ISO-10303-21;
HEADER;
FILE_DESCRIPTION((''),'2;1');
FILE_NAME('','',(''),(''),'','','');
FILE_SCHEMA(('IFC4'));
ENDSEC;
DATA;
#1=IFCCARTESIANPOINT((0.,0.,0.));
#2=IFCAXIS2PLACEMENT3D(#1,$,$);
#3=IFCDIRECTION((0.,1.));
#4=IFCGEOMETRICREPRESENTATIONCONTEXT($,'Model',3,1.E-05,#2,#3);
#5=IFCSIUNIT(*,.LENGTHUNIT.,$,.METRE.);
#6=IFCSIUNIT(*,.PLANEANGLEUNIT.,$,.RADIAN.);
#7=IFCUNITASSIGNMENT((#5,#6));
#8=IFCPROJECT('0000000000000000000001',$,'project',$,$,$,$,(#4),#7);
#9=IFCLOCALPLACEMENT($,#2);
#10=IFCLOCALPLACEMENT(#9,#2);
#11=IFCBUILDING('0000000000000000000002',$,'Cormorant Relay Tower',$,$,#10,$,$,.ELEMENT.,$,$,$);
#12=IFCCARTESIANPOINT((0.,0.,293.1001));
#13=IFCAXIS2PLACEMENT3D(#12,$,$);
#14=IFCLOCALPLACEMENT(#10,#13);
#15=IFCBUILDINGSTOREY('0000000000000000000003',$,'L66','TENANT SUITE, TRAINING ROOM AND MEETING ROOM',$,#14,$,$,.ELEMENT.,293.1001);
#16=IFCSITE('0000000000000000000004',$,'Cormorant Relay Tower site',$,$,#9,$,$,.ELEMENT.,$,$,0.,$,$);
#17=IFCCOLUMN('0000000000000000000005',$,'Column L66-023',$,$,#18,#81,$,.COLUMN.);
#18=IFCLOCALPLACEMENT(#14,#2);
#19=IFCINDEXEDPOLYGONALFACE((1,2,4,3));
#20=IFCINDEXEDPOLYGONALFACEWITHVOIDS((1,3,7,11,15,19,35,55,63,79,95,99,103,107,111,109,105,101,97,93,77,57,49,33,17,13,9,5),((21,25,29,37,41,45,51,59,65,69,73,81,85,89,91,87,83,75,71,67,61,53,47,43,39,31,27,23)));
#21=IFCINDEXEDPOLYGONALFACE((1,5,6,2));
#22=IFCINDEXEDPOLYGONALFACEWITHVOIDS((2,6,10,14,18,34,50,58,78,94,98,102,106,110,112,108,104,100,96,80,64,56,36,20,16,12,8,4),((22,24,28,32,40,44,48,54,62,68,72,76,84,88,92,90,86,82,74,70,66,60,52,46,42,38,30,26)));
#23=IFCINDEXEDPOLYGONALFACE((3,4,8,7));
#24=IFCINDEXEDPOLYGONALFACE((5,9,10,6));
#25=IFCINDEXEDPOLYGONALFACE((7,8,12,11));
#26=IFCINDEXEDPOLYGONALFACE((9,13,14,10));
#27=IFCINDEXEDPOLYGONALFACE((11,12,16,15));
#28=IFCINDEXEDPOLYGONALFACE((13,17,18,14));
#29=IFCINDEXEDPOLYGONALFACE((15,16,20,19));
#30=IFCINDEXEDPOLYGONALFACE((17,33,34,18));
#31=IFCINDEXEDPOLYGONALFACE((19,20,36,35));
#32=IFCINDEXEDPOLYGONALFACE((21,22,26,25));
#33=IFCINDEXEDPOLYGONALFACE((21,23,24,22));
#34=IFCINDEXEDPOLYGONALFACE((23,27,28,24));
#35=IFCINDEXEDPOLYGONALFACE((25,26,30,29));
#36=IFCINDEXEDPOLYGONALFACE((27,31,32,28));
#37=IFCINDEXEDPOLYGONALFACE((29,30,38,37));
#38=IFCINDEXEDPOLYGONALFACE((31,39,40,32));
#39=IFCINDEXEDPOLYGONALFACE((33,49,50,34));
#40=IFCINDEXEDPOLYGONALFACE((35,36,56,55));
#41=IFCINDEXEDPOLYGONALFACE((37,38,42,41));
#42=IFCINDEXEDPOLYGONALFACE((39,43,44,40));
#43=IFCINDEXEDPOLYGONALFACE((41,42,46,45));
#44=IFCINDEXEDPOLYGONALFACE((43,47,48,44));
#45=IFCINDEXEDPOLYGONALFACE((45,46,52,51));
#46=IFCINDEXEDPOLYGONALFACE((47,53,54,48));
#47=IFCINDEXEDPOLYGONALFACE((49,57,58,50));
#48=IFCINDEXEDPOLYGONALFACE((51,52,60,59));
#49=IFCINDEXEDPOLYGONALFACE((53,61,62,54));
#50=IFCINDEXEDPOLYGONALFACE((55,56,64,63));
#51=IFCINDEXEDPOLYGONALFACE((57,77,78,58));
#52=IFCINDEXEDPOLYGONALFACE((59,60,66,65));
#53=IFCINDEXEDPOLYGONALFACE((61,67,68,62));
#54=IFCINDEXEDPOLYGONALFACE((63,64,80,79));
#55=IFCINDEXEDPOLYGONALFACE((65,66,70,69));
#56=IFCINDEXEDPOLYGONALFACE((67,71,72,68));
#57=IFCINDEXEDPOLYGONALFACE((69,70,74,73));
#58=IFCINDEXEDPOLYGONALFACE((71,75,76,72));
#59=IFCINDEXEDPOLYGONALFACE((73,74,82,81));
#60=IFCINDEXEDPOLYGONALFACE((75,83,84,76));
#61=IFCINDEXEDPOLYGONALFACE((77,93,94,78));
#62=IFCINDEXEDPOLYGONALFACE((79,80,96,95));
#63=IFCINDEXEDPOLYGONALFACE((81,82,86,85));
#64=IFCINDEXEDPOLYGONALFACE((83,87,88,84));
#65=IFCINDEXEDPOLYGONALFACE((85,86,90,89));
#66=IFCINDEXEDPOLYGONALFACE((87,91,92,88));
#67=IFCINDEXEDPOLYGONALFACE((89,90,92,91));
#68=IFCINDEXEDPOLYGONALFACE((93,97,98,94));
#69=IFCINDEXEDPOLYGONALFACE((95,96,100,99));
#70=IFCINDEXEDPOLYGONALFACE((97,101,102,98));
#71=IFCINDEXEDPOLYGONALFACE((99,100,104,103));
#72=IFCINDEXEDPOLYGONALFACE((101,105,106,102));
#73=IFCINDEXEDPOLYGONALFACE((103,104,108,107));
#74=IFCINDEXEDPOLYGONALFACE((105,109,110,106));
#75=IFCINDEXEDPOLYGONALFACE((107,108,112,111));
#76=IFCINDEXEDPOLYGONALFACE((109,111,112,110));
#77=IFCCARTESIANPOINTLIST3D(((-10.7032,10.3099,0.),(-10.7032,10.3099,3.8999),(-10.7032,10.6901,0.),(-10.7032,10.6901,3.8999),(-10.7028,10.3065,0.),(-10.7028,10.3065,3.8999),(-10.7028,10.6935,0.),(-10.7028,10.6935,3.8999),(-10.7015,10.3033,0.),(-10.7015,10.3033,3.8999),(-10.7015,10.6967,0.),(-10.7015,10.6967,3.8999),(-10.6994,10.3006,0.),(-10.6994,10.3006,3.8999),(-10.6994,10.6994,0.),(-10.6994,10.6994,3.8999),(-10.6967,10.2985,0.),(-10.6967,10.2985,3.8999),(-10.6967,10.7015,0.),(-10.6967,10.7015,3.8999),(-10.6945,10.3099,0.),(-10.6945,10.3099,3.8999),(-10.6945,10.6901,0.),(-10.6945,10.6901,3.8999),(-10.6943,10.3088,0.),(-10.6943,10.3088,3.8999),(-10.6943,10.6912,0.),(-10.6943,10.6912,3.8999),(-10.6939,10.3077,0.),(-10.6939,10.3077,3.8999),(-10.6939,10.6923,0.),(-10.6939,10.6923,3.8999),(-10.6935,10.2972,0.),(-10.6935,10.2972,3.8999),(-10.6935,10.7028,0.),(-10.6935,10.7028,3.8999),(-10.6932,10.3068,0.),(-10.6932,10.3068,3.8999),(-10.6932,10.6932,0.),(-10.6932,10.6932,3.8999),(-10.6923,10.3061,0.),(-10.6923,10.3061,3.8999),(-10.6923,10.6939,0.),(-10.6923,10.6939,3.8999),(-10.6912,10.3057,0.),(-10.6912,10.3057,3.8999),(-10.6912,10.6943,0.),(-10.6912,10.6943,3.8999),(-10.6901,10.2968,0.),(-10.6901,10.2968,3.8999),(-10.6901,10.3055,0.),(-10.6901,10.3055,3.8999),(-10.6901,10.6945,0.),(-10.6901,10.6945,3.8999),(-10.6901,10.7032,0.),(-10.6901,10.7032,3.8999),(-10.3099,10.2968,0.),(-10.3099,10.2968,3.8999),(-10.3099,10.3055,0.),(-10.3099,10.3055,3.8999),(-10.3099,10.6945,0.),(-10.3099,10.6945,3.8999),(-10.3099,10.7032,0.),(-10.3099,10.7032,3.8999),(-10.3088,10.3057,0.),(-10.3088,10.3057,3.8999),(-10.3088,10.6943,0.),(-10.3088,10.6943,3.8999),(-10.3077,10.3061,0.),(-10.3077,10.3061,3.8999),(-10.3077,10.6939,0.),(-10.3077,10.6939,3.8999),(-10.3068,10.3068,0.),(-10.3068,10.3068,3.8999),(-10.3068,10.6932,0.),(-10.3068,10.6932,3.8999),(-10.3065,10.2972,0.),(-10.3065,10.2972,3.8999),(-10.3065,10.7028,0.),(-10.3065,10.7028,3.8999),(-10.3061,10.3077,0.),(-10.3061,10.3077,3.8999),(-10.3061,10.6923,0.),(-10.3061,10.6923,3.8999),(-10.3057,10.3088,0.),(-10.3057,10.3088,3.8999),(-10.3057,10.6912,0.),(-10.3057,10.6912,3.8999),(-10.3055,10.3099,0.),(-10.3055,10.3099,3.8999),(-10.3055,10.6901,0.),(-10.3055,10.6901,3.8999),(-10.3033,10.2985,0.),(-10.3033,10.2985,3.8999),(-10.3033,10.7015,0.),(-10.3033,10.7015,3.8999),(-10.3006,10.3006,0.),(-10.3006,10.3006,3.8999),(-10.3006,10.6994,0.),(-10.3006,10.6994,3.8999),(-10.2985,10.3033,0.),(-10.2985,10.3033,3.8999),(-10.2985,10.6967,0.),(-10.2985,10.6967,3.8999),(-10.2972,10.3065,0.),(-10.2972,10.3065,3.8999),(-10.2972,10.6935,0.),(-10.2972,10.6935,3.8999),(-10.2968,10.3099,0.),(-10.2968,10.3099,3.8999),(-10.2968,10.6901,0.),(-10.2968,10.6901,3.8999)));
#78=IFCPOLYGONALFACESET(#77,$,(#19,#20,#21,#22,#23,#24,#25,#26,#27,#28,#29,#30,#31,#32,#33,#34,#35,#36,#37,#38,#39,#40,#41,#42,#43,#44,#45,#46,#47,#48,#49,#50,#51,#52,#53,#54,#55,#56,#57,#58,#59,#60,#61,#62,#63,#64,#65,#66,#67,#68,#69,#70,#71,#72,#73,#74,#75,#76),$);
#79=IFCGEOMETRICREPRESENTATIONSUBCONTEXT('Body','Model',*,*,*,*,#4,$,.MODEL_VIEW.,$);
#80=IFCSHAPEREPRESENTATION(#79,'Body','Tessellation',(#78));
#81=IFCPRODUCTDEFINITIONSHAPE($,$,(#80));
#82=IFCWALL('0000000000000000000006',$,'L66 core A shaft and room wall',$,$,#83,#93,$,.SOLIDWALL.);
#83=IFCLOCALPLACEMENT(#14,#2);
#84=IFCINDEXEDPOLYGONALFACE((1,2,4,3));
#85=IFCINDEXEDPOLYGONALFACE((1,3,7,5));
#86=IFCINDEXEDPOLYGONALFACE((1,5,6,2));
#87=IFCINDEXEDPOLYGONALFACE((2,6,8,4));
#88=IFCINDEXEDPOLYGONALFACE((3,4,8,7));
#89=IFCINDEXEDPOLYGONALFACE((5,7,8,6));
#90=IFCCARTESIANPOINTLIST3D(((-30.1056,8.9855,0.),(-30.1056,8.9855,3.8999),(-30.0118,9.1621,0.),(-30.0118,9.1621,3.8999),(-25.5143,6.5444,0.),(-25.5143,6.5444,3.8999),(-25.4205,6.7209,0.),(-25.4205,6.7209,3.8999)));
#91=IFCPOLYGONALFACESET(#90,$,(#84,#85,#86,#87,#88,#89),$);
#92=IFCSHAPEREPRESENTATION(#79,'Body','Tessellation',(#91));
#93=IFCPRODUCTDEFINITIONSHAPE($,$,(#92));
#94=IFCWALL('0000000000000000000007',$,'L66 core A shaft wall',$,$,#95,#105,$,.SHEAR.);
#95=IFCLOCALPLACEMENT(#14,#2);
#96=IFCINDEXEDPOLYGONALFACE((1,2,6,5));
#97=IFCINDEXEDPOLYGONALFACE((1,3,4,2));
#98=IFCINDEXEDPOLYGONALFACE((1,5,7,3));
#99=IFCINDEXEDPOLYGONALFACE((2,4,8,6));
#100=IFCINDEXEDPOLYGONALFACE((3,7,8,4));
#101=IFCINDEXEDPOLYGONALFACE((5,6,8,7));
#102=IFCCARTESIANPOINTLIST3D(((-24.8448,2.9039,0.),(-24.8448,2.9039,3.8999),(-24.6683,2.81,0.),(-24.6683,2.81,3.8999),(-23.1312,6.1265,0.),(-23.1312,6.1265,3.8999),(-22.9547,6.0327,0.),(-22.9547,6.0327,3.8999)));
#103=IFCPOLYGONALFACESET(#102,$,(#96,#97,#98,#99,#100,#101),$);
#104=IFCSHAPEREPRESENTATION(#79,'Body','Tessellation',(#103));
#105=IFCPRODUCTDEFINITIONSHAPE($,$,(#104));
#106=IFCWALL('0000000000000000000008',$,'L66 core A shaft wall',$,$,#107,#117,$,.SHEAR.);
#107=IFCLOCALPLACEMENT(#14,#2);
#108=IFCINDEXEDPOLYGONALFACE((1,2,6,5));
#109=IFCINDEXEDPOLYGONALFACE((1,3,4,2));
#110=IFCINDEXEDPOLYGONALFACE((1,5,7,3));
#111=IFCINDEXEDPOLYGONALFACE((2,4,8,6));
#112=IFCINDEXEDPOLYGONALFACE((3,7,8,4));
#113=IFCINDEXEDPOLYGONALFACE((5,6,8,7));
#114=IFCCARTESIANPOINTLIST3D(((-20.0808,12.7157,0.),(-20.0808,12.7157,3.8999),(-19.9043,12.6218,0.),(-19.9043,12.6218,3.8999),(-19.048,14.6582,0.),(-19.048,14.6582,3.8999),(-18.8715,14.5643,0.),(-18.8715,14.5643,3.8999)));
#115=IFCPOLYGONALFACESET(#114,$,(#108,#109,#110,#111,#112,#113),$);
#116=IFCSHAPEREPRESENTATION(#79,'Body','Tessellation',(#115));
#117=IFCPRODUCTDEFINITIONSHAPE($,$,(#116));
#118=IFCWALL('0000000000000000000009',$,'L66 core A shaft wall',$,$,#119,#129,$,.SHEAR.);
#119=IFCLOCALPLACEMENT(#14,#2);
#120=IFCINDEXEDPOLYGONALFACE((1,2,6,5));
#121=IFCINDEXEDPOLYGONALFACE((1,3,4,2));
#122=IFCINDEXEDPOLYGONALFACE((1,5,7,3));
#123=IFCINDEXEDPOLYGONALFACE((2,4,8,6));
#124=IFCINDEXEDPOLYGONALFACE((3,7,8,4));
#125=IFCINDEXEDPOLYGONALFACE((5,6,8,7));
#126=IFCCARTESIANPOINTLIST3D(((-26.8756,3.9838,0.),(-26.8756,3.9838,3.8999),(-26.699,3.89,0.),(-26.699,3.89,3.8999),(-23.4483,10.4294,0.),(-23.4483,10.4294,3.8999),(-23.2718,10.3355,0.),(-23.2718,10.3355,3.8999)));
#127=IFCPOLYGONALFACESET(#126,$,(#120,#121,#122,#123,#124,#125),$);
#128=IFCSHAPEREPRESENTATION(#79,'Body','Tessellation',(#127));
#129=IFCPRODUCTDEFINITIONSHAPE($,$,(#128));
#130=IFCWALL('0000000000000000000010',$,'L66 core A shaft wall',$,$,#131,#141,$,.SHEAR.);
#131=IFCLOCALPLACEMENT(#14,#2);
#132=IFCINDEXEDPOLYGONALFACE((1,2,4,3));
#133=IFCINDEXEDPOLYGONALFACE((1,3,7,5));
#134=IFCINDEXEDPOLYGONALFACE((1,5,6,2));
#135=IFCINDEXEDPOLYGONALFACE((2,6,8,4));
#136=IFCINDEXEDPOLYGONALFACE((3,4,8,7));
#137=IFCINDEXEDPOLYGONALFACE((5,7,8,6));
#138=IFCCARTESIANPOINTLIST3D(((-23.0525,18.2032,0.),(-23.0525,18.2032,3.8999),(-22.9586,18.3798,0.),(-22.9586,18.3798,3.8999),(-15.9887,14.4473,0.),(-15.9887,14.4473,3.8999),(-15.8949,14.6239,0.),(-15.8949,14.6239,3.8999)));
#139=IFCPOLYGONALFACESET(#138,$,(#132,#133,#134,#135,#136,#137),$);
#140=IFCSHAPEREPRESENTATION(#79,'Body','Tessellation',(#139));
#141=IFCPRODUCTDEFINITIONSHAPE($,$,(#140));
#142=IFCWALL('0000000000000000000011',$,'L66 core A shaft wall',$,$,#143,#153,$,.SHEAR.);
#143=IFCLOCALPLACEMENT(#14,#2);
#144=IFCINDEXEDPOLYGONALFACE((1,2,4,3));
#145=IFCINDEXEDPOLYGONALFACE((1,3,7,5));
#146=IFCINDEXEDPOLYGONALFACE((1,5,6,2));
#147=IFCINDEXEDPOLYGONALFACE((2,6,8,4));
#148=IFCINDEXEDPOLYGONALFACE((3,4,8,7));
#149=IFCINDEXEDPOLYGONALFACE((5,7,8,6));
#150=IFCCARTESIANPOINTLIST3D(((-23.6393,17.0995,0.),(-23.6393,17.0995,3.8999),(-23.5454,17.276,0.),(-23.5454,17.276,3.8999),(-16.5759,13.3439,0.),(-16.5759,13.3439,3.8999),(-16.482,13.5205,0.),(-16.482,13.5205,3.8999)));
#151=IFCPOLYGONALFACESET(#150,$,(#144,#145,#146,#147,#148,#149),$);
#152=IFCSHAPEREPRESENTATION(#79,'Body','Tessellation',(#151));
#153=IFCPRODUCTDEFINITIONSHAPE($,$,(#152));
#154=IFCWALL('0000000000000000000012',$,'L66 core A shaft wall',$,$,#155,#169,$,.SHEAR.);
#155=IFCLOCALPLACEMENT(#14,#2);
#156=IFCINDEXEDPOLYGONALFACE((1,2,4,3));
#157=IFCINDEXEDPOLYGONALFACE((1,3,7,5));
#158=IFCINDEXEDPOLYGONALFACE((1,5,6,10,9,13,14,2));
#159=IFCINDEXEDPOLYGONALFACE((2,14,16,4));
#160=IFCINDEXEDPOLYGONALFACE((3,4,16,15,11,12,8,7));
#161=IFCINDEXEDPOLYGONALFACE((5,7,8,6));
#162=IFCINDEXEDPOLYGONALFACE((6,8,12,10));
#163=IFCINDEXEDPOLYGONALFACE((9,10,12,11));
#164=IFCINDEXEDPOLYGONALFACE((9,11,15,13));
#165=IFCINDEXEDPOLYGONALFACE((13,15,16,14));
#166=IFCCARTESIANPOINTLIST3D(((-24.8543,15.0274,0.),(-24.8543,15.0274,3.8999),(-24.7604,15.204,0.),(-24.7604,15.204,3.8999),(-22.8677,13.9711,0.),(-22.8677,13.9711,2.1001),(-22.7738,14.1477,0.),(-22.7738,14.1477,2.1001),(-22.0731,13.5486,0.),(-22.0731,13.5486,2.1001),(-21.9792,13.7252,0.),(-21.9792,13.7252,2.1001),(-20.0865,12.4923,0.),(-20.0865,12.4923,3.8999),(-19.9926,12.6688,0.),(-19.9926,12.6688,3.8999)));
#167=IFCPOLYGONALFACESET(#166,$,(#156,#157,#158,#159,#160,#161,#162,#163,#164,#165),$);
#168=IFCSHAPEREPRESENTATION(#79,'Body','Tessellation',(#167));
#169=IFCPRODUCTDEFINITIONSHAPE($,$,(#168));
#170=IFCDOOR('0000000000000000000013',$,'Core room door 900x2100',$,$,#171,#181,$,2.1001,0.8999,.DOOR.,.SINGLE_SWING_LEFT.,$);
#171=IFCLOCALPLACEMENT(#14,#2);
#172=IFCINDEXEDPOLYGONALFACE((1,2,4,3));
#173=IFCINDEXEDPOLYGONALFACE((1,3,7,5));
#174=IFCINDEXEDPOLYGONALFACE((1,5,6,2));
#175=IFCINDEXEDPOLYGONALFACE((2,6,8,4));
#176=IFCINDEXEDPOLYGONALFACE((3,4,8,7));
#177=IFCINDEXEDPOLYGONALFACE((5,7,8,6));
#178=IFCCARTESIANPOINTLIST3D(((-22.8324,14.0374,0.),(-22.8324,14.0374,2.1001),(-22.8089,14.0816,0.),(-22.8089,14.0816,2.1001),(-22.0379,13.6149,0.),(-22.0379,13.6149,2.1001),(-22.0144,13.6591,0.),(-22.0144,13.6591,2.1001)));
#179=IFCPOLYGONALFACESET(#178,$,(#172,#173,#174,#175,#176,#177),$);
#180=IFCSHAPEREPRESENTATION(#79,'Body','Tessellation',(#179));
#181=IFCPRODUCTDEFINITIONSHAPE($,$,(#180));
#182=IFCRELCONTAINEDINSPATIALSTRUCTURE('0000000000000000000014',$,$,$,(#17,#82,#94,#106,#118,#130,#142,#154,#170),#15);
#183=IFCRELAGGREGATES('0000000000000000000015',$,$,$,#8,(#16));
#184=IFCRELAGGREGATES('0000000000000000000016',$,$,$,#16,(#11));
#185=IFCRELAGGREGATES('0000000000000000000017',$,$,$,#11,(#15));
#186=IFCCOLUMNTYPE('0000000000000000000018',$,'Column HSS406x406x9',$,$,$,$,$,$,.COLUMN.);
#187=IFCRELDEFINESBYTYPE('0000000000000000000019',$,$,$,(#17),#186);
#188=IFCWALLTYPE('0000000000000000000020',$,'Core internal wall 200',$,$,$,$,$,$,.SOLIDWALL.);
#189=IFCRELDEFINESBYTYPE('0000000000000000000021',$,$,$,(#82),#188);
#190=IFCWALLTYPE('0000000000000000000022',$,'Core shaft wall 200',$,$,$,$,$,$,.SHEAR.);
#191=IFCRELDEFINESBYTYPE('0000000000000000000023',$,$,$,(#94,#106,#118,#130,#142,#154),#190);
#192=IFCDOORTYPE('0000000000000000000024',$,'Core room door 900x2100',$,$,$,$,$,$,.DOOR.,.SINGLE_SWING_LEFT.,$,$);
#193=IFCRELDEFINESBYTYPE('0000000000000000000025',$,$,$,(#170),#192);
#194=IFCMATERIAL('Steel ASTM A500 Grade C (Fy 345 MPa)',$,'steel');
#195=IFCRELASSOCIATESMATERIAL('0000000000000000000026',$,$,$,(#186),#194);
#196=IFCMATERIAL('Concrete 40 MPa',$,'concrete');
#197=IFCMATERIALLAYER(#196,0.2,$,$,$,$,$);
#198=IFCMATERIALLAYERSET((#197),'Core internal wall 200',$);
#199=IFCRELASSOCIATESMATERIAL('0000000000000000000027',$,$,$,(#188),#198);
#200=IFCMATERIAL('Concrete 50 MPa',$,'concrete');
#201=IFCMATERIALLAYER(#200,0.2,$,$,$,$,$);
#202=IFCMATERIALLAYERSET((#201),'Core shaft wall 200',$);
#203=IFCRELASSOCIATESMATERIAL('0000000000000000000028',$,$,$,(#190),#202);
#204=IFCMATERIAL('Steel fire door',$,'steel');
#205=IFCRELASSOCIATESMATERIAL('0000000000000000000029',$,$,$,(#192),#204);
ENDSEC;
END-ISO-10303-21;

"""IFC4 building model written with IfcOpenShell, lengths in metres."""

from ifc_helpers import new_model, si_unit, direction, frame, frame_2d, origin, origin_2d, place, context, subcontext, project, spatial, rectangle, hollow_rectangle, extrude, material, layer, layer_set, material_profile, profile_set, type_object, element, fill, save


model = new_model("IFC4")

# Units and contexts
model_context = context("Model", 3, precision=1e-05, world=origin(), true_north=direction((0.0, 1.0)))
body_context = subcontext(model_context, "Body", "Model", "MODEL_VIEW")
ifc_project = project(units=[si_unit("LENGTHUNIT", "METRE"), si_unit("PLANEANGLEUNIT", "RADIAN")], contexts=[model_context])

# Site, building, storey
site_placement = place(None, origin())
site = spatial("IfcSite", under=ifc_project, at=site_placement, Name="Cormorant Relay Tower site", CompositionType="ELEMENT", RefElevation=0.0)
building_placement = place(site_placement, origin())
building = spatial("IfcBuilding", under=site, at=building_placement, Name="Cormorant Relay Tower", CompositionType="ELEMENT")
storey_placement = place(building_placement, frame((0.0, 0.0, 293.1001)))
storey = spatial("IfcBuildingStorey", under=building, at=storey_placement, Name="L66", Description="TENANT SUITE, TRAINING ROOM AND MEETING ROOM", CompositionType="ELEMENT", Elevation=293.1001)

# Column
ifc_material_1 = material(Name="Steel ASTM A500 Grade C (Fy 345 MPa)", Category="steel")
ifc_material_profile = material_profile(ifc_material_1, hollow_rectangle(XDim=0.4065, YDim=0.4065, WallThickness=0.0088, InnerFilletRadius=0.0044, OuterFilletRadius=0.0132, at=origin_2d()), Name="HSS406x406x9")
ifc_profile_set = profile_set([ifc_material_profile], Name="Steel ASTM A500 Grade C (Fy 345 MPa)")
column_type = type_object("IfcColumnType", Name="Column HSS406x406x9", PredefinedType="COLUMN", material=ifc_profile_set)
column_placement = place(storey_placement, frame((-10.5, 10.5, 0.0), z_axis=(0.0, 0.0, 1.0), x_axis=(1.0, 0.0, 0.0)))
element("IfcColumn", 1, at=column_placement, inside=storey, type_object=column_type, Name="Column L66-023", PredefinedType="COLUMN", context=body_context, shape_type="SweptSolid", body=[
    extrude(hollow_rectangle(XDim=0.4065, YDim=0.4065, WallThickness=0.0088, InnerFilletRadius=0.0044, OuterFilletRadius=0.0132, at=origin_2d()), origin(), (0.0, 0.0, 1.0), 3.8999),
])

# Walls
ifc_material_2 = material(Name="Concrete 40 MPa", Category="concrete")
ifc_layer_1 = layer(ifc_material_2, 0.2)
ifc_layer_set_1 = layer_set([ifc_layer_1], Name="Core internal wall 200")
wall_type_1 = type_object("IfcWallType", Name="Core internal wall 200", PredefinedType="SOLIDWALL", material=ifc_layer_set_1)
wall_1_placement = place(storey_placement, frame((-25.4673, 6.6326, 0.0), z_axis=(0.0, 0.0, 1.0), x_axis=(-0.882954, 0.46946, 0.0)))
element("IfcWall", 2, at=wall_1_placement, inside=storey, type_object=wall_type_1, Name="L66 core A shaft and room wall", PredefinedType="SOLIDWALL", context=body_context, shape_type="SweptSolid", body=[
    extrude(rectangle(XDim=5.2, YDim=0.2, at=frame_2d((2.6001, 0.0))), origin(), (0.0, 0.0, 1.0), 3.8999),
])
ifc_material_3 = material(Name="Concrete 50 MPa", Category="concrete")
ifc_layer_2 = layer(ifc_material_3, 0.2)
ifc_layer_set_2 = layer_set([ifc_layer_2], Name="Core shaft wall 200")
wall_type_2 = type_object("IfcWallType", Name="Core shaft wall 200", PredefinedType="SHEAR", material=ifc_layer_set_2)
wall_2_placement = place(storey_placement, frame((-23.043, 6.0796, 0.0), z_axis=(0.0, 0.0, 1.0), x_axis=(-0.469494, -0.882936, 0.0)))
element("IfcWall", 3, at=wall_2_placement, inside=storey, type_object=wall_type_2, Name="L66 core A shaft wall", PredefinedType="SHEAR", context=body_context, shape_type="SweptSolid", body=[
    extrude(rectangle(XDim=3.6499, YDim=0.2, at=frame_2d((1.825, 0.0))), origin(), (0.0, 0.0, 1.0), 3.8999),
])
wall_3_placement = place(storey_placement, frame((-18.9597, 14.6113, 0.0), z_axis=(0.0, 0.0, 1.0), x_axis=(-0.469447, -0.88296, 0.0)))
element("IfcWall", 4, at=wall_3_placement, inside=storey, type_object=wall_type_2, Name="L66 core A shaft wall", PredefinedType="SHEAR", context=body_context, shape_type="SweptSolid", body=[
    extrude(rectangle(XDim=2.2, YDim=0.2, at=frame_2d((1.1001, 0.0))), origin(), (0.0, 0.0, 1.0), 3.8999),
])
wall_4_placement = place(storey_placement, frame((-23.3601, 10.3823, 0.0), z_axis=(0.0, 0.0, 1.0), x_axis=(-0.46948, -0.882943, 0.0)))
element("IfcWall", 5, at=wall_4_placement, inside=storey, type_object=wall_type_2, Name="L66 core A shaft wall", PredefinedType="SHEAR", context=body_context, shape_type="SweptSolid", body=[
    extrude(rectangle(XDim=7.3, YDim=0.2, at=frame_2d((3.6499, 0.0))), origin(), (0.0, 0.0, 1.0), 3.8999),
])
wall_5_placement = place(storey_placement, frame((-15.9419, 14.5356, 0.0), z_axis=(0.0, 0.0, 1.0), x_axis=(-0.882947, 0.469473, 0.0)))
element("IfcWall", 6, at=wall_5_placement, inside=storey, type_object=wall_type_2, Name="L66 core A shaft wall", PredefinedType="SHEAR", context=body_context, shape_type="SweptSolid", body=[
    extrude(rectangle(XDim=8.0002, YDim=0.2, at=frame_2d((4.0, 0.0))), origin(), (0.0, 0.0, 1.0), 3.8999),
])
wall_6_placement = place(storey_placement, frame((-16.5288, 13.4321, 0.0), z_axis=(0.0, 0.0, 1.0), x_axis=(-0.882953, 0.469462, 0.0)))
element("IfcWall", 7, at=wall_6_placement, inside=storey, type_object=wall_type_2, Name="L66 core A shaft wall", PredefinedType="SHEAR", context=body_context, shape_type="SweptSolid", body=[
    extrude(rectangle(XDim=7.9998, YDim=0.2, at=frame_2d((4.0, 0.0))), origin(), (0.0, 0.0, 1.0), 3.8999),
])

# Wall, opening, door
wall_7_placement = place(storey_placement, frame((-20.0396, 12.5806, 0.0), z_axis=(0.0, 0.0, 1.0), x_axis=(-0.882943, 0.46948, 0.0)))
wall_7 = element("IfcWall", 8, at=wall_7_placement, inside=storey, type_object=wall_type_2, Name="L66 core A shaft wall", PredefinedType="SHEAR", context=body_context, shape_type="SweptSolid", body=[
    extrude(rectangle(XDim=5.3999, YDim=0.2, at=frame_2d((2.7, 0.0))), origin(), (0.0, 0.0, 1.0), 3.8999),
])
opening_1_placement = place(wall_7_placement, frame((2.25, 0.0, 0.0)))
opening_1 = element("IfcOpeningElement", 9, at=opening_1_placement, cuts=wall_7, PredefinedType="OPENING", context=body_context, shape_type="SweptSolid", body=[
    extrude(rectangle(XDim=0.8999, YDim=2.1001, at=frame_2d((0.45, 1.05))), frame((0.0, 0.1099, 0.0), z_axis=(0.0, -1.0, 0.0), x_axis=(1.0, 0.0, 0.0)), (0.0, 0.0, 1.0), 0.22),
])
ifc_material_4 = material(Name="Steel fire door", Category="steel")
door_type_1 = type_object("IfcDoorType", Name="Core room door 900x2100", OperationType="SINGLE_SWING_LEFT", PredefinedType="DOOR", material=ifc_material_4)
door_1_placement = place(opening_1_placement, origin())
door_1 = element("IfcDoor", 10, at=door_1_placement, inside=storey, type_object=door_type_1, Name="Core room door 900x2100", OperationType="SINGLE_SWING_LEFT", OverallHeight=2.1001, OverallWidth=0.8999, PredefinedType="DOOR", context=body_context, shape_type="SweptSolid", body=[
    extrude(rectangle(XDim=0.8999, YDim=2.1001, at=frame_2d((0.45, 1.05))), frame((0.0, 0.0249, 0.0), z_axis=(0.0, -1.0, 0.0), x_axis=(1.0, 0.0, 0.0)), (0.0, 0.0, 1.0), 0.05),
])
fill(opening_1, door_1)

save(model, "model.ifc")
